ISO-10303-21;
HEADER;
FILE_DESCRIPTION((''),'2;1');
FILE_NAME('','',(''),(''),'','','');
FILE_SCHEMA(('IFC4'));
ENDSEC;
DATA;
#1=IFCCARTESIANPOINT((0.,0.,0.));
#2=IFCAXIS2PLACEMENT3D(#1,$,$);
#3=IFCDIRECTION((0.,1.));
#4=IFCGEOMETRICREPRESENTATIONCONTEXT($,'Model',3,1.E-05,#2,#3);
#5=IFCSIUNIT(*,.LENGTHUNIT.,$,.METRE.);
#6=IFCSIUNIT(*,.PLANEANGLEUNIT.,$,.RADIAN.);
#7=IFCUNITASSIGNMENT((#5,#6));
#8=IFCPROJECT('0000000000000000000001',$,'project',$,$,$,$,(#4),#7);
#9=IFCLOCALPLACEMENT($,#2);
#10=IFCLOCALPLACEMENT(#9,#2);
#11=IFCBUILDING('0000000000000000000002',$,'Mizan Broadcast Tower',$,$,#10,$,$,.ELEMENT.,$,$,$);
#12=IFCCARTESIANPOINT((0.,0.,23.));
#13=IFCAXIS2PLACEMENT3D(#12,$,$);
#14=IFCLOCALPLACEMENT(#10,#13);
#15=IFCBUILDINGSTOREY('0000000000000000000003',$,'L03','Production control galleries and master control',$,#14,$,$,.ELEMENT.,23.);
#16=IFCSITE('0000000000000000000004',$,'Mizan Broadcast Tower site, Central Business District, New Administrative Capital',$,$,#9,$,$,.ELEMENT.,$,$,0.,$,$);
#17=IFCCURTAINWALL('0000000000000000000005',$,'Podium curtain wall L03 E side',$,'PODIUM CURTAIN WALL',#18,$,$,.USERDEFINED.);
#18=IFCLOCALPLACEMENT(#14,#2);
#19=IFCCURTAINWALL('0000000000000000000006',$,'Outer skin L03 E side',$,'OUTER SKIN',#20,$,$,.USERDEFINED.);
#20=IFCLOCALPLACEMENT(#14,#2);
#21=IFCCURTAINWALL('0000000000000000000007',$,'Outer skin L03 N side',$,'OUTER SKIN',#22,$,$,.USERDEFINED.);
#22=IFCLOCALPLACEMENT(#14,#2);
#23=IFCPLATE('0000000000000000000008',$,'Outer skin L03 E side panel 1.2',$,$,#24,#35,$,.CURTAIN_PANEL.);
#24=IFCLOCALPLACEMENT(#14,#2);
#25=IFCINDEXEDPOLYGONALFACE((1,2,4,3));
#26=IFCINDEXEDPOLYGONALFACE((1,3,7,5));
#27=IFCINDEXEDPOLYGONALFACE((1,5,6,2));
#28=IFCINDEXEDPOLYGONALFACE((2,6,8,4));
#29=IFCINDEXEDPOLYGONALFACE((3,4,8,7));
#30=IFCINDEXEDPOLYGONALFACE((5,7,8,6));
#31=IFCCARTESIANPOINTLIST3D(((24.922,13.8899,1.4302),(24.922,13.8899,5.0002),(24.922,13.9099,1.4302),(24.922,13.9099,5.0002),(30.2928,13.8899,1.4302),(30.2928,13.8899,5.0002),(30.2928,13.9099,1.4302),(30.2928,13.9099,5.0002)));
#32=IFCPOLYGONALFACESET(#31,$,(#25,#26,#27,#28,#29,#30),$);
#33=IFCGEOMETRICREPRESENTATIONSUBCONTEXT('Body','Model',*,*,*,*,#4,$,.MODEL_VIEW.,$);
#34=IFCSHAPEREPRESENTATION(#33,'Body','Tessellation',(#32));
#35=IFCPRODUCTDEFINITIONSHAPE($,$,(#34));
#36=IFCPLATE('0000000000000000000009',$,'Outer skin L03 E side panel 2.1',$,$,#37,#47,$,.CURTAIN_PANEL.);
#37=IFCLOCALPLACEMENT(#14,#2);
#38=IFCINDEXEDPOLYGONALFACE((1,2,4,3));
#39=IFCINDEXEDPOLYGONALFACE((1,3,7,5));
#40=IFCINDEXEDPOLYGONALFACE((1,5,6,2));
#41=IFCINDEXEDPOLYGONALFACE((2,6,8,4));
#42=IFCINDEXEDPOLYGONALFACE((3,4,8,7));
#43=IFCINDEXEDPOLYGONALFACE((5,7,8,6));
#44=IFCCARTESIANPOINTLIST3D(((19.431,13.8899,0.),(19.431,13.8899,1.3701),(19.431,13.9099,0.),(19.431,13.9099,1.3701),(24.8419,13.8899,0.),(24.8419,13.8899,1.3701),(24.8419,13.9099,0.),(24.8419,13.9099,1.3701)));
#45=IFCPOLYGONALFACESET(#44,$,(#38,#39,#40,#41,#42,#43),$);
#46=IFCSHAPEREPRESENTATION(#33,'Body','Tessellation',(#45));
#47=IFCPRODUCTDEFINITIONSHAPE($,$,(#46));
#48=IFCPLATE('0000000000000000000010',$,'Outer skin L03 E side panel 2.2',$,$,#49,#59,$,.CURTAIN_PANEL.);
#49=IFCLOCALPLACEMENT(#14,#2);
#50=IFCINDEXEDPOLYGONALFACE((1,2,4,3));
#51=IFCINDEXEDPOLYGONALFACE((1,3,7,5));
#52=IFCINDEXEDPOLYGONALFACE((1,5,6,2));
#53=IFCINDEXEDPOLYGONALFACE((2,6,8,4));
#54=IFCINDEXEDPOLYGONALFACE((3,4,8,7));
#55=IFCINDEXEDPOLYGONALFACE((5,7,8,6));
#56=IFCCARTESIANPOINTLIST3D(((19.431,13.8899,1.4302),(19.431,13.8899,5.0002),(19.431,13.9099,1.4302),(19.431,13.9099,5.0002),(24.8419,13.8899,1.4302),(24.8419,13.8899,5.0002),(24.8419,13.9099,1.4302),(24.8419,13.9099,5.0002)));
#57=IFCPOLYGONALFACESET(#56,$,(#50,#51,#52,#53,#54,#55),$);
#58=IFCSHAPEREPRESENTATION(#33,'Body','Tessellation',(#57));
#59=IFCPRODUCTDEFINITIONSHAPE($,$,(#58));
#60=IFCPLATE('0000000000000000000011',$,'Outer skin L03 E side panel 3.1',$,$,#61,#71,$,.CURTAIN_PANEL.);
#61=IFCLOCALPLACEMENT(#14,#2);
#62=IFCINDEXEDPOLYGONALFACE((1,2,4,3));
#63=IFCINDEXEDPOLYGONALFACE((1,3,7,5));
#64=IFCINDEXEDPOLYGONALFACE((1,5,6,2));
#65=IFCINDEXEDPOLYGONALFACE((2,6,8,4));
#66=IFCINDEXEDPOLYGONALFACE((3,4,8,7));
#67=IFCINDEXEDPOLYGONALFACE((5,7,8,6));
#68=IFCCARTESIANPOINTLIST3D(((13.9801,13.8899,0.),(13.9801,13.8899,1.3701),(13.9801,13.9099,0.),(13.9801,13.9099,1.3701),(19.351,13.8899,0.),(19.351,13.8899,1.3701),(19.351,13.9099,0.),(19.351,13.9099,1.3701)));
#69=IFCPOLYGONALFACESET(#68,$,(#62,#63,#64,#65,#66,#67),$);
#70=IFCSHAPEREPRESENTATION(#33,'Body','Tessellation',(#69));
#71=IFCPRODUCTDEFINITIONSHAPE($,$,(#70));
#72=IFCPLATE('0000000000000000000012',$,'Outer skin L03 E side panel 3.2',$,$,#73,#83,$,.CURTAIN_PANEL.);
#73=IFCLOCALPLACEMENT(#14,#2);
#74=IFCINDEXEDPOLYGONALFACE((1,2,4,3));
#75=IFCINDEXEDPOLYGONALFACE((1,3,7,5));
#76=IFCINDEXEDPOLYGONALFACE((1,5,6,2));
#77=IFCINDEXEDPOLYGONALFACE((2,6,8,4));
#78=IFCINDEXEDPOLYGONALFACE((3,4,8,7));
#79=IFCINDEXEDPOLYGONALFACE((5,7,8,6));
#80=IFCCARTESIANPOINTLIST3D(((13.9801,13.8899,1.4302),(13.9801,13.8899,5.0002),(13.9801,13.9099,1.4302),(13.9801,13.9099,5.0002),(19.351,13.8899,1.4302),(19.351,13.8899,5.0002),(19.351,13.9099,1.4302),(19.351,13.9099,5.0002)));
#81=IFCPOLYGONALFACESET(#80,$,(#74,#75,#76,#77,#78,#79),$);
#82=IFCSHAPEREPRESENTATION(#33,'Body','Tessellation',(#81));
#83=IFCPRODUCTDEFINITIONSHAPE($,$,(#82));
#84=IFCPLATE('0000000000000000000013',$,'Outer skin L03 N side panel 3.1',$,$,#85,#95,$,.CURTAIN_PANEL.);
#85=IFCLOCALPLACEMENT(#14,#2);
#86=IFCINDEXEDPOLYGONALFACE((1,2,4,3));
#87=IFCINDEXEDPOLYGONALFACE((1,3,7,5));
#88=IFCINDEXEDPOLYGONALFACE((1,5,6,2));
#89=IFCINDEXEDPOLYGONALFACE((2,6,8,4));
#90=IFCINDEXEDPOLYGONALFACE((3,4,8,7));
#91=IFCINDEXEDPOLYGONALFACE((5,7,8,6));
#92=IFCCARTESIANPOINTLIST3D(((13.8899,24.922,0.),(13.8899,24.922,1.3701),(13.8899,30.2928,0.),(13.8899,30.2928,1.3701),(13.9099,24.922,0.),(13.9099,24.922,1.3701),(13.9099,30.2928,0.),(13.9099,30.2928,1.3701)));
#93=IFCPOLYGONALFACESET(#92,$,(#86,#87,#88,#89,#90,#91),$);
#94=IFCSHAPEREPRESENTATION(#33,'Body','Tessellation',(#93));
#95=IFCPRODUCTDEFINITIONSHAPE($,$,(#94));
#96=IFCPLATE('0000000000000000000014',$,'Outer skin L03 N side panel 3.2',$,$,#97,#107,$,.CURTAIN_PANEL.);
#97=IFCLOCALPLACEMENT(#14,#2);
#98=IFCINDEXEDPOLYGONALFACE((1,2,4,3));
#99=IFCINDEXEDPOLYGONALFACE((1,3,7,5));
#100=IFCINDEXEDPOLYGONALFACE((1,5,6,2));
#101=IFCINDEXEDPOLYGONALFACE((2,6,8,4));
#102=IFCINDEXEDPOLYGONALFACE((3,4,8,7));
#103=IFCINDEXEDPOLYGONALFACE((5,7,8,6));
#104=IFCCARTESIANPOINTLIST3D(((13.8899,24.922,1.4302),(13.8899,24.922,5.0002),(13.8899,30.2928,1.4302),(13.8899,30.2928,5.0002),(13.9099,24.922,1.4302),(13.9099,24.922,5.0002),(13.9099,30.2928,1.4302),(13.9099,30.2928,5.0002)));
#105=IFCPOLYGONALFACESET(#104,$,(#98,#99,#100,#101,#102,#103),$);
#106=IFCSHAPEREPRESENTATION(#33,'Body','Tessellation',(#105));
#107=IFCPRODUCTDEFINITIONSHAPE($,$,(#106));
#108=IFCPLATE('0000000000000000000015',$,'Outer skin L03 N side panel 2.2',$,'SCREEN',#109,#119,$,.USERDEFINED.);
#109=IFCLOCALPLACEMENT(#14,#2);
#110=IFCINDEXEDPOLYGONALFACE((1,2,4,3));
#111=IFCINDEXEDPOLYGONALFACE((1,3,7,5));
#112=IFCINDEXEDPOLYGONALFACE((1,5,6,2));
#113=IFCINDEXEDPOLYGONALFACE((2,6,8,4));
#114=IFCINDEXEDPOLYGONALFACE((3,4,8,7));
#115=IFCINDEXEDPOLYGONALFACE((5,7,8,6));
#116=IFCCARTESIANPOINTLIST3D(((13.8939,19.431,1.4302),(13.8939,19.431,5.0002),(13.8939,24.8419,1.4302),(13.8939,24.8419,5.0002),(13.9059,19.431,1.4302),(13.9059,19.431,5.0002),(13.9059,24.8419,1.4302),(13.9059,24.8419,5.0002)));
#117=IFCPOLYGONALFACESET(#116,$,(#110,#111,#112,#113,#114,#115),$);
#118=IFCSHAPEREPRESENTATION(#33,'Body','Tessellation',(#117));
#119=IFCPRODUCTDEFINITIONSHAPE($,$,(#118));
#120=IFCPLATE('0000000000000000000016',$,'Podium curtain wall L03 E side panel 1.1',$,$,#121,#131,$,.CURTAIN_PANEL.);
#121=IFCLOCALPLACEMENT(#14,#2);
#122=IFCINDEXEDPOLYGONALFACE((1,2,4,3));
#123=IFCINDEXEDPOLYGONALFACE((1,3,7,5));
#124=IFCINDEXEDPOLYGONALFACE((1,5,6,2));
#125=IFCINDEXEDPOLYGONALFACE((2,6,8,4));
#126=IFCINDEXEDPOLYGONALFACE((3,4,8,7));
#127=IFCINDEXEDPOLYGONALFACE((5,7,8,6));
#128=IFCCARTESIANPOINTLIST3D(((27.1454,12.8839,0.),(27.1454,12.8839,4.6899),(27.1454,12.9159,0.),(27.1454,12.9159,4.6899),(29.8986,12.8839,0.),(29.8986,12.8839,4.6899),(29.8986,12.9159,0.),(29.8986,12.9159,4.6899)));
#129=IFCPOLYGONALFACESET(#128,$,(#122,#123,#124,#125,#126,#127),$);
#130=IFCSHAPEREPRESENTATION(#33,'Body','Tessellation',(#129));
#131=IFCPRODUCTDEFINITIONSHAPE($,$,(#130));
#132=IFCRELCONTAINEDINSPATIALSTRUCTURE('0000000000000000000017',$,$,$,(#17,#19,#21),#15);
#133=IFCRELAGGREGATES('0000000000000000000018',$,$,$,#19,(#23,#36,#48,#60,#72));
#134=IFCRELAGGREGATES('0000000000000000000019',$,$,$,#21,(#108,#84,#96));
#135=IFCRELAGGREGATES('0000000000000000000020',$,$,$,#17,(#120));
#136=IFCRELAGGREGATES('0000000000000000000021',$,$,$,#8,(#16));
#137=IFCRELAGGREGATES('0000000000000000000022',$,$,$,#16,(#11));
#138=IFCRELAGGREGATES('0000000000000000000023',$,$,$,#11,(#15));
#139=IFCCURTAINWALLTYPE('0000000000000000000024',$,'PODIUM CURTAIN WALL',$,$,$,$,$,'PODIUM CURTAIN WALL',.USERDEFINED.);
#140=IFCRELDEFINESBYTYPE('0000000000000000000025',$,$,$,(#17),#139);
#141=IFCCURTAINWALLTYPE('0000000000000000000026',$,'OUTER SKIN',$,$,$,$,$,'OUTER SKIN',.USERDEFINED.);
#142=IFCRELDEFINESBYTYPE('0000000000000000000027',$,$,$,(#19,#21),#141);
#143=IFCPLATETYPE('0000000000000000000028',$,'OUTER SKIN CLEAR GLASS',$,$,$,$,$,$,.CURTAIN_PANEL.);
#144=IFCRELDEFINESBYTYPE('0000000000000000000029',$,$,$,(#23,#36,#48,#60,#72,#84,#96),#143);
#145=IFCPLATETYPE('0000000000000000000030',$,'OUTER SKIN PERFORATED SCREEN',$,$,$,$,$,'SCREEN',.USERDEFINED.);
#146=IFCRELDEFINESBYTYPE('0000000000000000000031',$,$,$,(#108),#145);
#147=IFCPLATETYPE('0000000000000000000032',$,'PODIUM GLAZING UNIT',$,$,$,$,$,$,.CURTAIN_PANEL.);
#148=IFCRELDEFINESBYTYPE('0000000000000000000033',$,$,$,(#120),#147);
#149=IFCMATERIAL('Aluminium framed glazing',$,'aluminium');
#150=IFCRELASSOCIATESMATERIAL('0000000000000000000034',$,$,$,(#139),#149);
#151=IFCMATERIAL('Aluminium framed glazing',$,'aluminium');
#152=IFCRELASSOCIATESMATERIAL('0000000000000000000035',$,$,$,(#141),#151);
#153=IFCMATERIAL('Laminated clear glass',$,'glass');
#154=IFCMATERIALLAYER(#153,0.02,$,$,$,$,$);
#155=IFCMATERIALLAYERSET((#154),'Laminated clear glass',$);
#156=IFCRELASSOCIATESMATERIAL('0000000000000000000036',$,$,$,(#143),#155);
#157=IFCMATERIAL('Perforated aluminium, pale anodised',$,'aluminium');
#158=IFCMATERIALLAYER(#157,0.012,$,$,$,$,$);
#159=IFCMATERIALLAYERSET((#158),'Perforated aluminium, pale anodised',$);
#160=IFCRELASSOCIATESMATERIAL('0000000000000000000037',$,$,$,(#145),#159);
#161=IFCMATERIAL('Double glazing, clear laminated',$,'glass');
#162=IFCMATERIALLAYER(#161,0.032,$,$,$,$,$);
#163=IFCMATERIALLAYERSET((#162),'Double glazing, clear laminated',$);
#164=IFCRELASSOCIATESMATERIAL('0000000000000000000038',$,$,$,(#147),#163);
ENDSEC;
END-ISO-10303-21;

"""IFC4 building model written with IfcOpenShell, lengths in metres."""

from ifc_helpers import new_model, si_unit, direction, frame, origin, origin_2d, place, context, subcontext, project, spatial, rectangle, extrude, material, layer, layer_set, type_object, element, aggregate, save


model = new_model("IFC4")

# Units and contexts
model_context = context("Model", 3, precision=1e-05, world=origin(), true_north=direction((0.0, 1.0)))
body_context = subcontext(model_context, "Body", "Model", "MODEL_VIEW")
ifc_project = project(units=[si_unit("LENGTHUNIT", "METRE"), si_unit("PLANEANGLEUNIT", "RADIAN")], contexts=[model_context])

# Site, building, storey
site_placement = place(None, origin())
site = spatial("IfcSite", under=ifc_project, at=site_placement, Name="Mizan Broadcast Tower site, Central Business District, New Administrative Capital", CompositionType="ELEMENT", RefElevation=0.0)
building_placement = place(site_placement, origin())
building = spatial("IfcBuilding", under=site, at=building_placement, Name="Mizan Broadcast Tower", CompositionType="ELEMENT")
storey_placement = place(building_placement, frame((0.0, 0.0, 23.0)))
storey = spatial("IfcBuildingStorey", under=building, at=storey_placement, Name="L03", Description="Production control galleries and master control", CompositionType="ELEMENT", Elevation=23.0)

# Curtain wall
ifc_material_1 = material(Name="Aluminium framed glazing", Category="aluminium")
curtain_wall_type_1 = type_object("IfcCurtainWallType", Name="PODIUM CURTAIN WALL", ElementType="PODIUM CURTAIN WALL", PredefinedType="USERDEFINED", material=ifc_material_1)
curtain_wall_1_placement = place(storey_placement, origin())
curtain_wall_1 = element("IfcCurtainWall", 1, at=curtain_wall_1_placement, inside=storey, type_object=curtain_wall_type_1, Name="Podium curtain wall L03 E side", ObjectType="PODIUM CURTAIN WALL", PredefinedType="USERDEFINED")

# Shared definitions
ifc_material_2 = material(Name="Aluminium framed glazing", Category="aluminium")
curtain_wall_type_2 = type_object("IfcCurtainWallType", Name="OUTER SKIN", ElementType="OUTER SKIN", PredefinedType="USERDEFINED", material=ifc_material_2)

# Curtain walls
curtain_wall_2_placement = place(storey_placement, origin())
curtain_wall_2 = element("IfcCurtainWall", 2, at=curtain_wall_2_placement, inside=storey, type_object=curtain_wall_type_2, Name="Outer skin L03 E side", ObjectType="OUTER SKIN", PredefinedType="USERDEFINED")
curtain_wall_3_placement = place(storey_placement, origin())
curtain_wall_3 = element("IfcCurtainWall", 3, at=curtain_wall_3_placement, inside=storey, type_object=curtain_wall_type_2, Name="Outer skin L03 N side", ObjectType="OUTER SKIN", PredefinedType="USERDEFINED")

# Plates
ifc_material_3 = material(Name="Laminated clear glass", Category="glass")
ifc_layer_1 = layer(ifc_material_3, 0.02)
ifc_layer_set_1 = layer_set([ifc_layer_1], Name="Laminated clear glass")
plate_type_1 = type_object("IfcPlateType", Name="OUTER SKIN CLEAR GLASS", PredefinedType="CURTAIN_PANEL", material=ifc_layer_set_1)
plate_1_placement = place(storey_placement, frame((27.6074, 13.8999, 1.4302), z_axis=(0.0, 0.0, 1.0), x_axis=(-1.0, 0.0, 0.0)))
plate_1 = element("IfcPlate", 4, at=plate_1_placement, type_object=plate_type_1, Name="Outer skin L03 E side panel 1.2", PredefinedType="CURTAIN_PANEL", context=body_context, shape_type="SweptSolid", body=[
    extrude(rectangle(XDim=5.3708, YDim=0.02, at=origin_2d()), origin(), (0.0, 0.0, 1.0), 3.5701),
])
plate_2_placement = place(storey_placement, frame((22.1365, 13.8999, 0.0), z_axis=(0.0, 0.0, 1.0), x_axis=(-1.0, 0.0, 0.0)))
plate_2 = element("IfcPlate", 5, at=plate_2_placement, type_object=plate_type_1, Name="Outer skin L03 E side panel 2.1", PredefinedType="CURTAIN_PANEL", context=body_context, shape_type="SweptSolid", body=[
    extrude(rectangle(XDim=5.4109, YDim=0.02, at=origin_2d()), origin(), (0.0, 0.0, 1.0), 1.3701),
])
plate_3_placement = place(storey_placement, frame((22.1365, 13.8999, 1.4302), z_axis=(0.0, 0.0, 1.0), x_axis=(-1.0, 0.0, 0.0)))
plate_3 = element("IfcPlate", 6, at=plate_3_placement, type_object=plate_type_1, Name="Outer skin L03 E side panel 2.2", PredefinedType="CURTAIN_PANEL", context=body_context, shape_type="SweptSolid", body=[
    extrude(rectangle(XDim=5.4109, YDim=0.02, at=origin_2d()), origin(), (0.0, 0.0, 1.0), 3.5701),
])
plate_4_placement = place(storey_placement, frame((16.6655, 13.8999, 0.0), z_axis=(0.0, 0.0, 1.0), x_axis=(-1.0, 0.0, 0.0)))
plate_4 = element("IfcPlate", 7, at=plate_4_placement, type_object=plate_type_1, Name="Outer skin L03 E side panel 3.1", PredefinedType="CURTAIN_PANEL", context=body_context, shape_type="SweptSolid", body=[
    extrude(rectangle(XDim=5.3708, YDim=0.02, at=origin_2d()), origin(), (0.0, 0.0, 1.0), 1.3701),
])
plate_5_placement = place(storey_placement, frame((16.6655, 13.8999, 1.4302), z_axis=(0.0, 0.0, 1.0), x_axis=(-1.0, 0.0, 0.0)))
plate_5 = element("IfcPlate", 8, at=plate_5_placement, type_object=plate_type_1, Name="Outer skin L03 E side panel 3.2", PredefinedType="CURTAIN_PANEL", context=body_context, shape_type="SweptSolid", body=[
    extrude(rectangle(XDim=5.3708, YDim=0.02, at=origin_2d()), origin(), (0.0, 0.0, 1.0), 3.5701),
])
aggregate(curtain_wall_2, [plate_1, plate_2, plate_3, plate_4, plate_5])
plate_6_placement = place(storey_placement, frame((13.8999, 27.6074, 0.0), z_axis=(0.0, 0.0, 1.0), x_axis=(0.0, 1.0, 0.0)))
plate_6 = element("IfcPlate", 9, at=plate_6_placement, type_object=plate_type_1, Name="Outer skin L03 N side panel 3.1", PredefinedType="CURTAIN_PANEL", context=body_context, shape_type="SweptSolid", body=[
    extrude(rectangle(XDim=5.3708, YDim=0.02, at=origin_2d()), origin(), (0.0, 0.0, 1.0), 1.3701),
])
plate_7_placement = place(storey_placement, frame((13.8999, 27.6074, 1.4302), z_axis=(0.0, 0.0, 1.0), x_axis=(0.0, 1.0, 0.0)))
plate_7 = element("IfcPlate", 10, at=plate_7_placement, type_object=plate_type_1, Name="Outer skin L03 N side panel 3.2", PredefinedType="CURTAIN_PANEL", context=body_context, shape_type="SweptSolid", body=[
    extrude(rectangle(XDim=5.3708, YDim=0.02, at=origin_2d()), origin(), (0.0, 0.0, 1.0), 3.5701),
])
ifc_material_4 = material(Name="Perforated aluminium, pale anodised", Category="aluminium")
ifc_layer_2 = layer(ifc_material_4, 0.012)
ifc_layer_set_2 = layer_set([ifc_layer_2], Name="Perforated aluminium, pale anodised")
plate_type_2 = type_object("IfcPlateType", Name="OUTER SKIN PERFORATED SCREEN", ElementType="SCREEN", PredefinedType="USERDEFINED", material=ifc_layer_set_2)
plate_8_placement = place(storey_placement, frame((13.8999, 22.1365, 1.4302), z_axis=(0.0, 0.0, 1.0), x_axis=(0.0, 1.0, 0.0)))
plate_8 = element("IfcPlate", 11, at=plate_8_placement, type_object=plate_type_2, Name="Outer skin L03 N side panel 2.2", ObjectType="SCREEN", PredefinedType="USERDEFINED", context=body_context, shape_type="SweptSolid", body=[
    extrude(rectangle(XDim=5.4109, YDim=0.012, at=origin_2d()), origin(), (0.0, 0.0, 1.0), 3.5701),
])
aggregate(curtain_wall_3, [plate_8, plate_6, plate_7])
ifc_material_5 = material(Name="Double glazing, clear laminated", Category="glass")
ifc_layer_3 = layer(ifc_material_5, 0.032)
ifc_layer_set_3 = layer_set([ifc_layer_3], Name="Double glazing, clear laminated")
plate_type_3 = type_object("IfcPlateType", Name="PODIUM GLAZING UNIT", PredefinedType="CURTAIN_PANEL", material=ifc_layer_set_3)
plate_9_placement = place(storey_placement, frame((28.522, 12.8999, 0.0), z_axis=(0.0, 0.0, 1.0), x_axis=(-1.0, 0.0, 0.0)))
plate_9 = element("IfcPlate", 12, at=plate_9_placement, type_object=plate_type_3, Name="Podium curtain wall L03 E side panel 1.1", PredefinedType="CURTAIN_PANEL", context=body_context, shape_type="SweptSolid", body=[
    extrude(rectangle(XDim=2.7532, YDim=0.032, at=origin_2d()), origin(), (0.0, 0.0, 1.0), 4.6899),
])
aggregate(curtain_wall_1, [plate_9])

save(model, "model.ifc")
